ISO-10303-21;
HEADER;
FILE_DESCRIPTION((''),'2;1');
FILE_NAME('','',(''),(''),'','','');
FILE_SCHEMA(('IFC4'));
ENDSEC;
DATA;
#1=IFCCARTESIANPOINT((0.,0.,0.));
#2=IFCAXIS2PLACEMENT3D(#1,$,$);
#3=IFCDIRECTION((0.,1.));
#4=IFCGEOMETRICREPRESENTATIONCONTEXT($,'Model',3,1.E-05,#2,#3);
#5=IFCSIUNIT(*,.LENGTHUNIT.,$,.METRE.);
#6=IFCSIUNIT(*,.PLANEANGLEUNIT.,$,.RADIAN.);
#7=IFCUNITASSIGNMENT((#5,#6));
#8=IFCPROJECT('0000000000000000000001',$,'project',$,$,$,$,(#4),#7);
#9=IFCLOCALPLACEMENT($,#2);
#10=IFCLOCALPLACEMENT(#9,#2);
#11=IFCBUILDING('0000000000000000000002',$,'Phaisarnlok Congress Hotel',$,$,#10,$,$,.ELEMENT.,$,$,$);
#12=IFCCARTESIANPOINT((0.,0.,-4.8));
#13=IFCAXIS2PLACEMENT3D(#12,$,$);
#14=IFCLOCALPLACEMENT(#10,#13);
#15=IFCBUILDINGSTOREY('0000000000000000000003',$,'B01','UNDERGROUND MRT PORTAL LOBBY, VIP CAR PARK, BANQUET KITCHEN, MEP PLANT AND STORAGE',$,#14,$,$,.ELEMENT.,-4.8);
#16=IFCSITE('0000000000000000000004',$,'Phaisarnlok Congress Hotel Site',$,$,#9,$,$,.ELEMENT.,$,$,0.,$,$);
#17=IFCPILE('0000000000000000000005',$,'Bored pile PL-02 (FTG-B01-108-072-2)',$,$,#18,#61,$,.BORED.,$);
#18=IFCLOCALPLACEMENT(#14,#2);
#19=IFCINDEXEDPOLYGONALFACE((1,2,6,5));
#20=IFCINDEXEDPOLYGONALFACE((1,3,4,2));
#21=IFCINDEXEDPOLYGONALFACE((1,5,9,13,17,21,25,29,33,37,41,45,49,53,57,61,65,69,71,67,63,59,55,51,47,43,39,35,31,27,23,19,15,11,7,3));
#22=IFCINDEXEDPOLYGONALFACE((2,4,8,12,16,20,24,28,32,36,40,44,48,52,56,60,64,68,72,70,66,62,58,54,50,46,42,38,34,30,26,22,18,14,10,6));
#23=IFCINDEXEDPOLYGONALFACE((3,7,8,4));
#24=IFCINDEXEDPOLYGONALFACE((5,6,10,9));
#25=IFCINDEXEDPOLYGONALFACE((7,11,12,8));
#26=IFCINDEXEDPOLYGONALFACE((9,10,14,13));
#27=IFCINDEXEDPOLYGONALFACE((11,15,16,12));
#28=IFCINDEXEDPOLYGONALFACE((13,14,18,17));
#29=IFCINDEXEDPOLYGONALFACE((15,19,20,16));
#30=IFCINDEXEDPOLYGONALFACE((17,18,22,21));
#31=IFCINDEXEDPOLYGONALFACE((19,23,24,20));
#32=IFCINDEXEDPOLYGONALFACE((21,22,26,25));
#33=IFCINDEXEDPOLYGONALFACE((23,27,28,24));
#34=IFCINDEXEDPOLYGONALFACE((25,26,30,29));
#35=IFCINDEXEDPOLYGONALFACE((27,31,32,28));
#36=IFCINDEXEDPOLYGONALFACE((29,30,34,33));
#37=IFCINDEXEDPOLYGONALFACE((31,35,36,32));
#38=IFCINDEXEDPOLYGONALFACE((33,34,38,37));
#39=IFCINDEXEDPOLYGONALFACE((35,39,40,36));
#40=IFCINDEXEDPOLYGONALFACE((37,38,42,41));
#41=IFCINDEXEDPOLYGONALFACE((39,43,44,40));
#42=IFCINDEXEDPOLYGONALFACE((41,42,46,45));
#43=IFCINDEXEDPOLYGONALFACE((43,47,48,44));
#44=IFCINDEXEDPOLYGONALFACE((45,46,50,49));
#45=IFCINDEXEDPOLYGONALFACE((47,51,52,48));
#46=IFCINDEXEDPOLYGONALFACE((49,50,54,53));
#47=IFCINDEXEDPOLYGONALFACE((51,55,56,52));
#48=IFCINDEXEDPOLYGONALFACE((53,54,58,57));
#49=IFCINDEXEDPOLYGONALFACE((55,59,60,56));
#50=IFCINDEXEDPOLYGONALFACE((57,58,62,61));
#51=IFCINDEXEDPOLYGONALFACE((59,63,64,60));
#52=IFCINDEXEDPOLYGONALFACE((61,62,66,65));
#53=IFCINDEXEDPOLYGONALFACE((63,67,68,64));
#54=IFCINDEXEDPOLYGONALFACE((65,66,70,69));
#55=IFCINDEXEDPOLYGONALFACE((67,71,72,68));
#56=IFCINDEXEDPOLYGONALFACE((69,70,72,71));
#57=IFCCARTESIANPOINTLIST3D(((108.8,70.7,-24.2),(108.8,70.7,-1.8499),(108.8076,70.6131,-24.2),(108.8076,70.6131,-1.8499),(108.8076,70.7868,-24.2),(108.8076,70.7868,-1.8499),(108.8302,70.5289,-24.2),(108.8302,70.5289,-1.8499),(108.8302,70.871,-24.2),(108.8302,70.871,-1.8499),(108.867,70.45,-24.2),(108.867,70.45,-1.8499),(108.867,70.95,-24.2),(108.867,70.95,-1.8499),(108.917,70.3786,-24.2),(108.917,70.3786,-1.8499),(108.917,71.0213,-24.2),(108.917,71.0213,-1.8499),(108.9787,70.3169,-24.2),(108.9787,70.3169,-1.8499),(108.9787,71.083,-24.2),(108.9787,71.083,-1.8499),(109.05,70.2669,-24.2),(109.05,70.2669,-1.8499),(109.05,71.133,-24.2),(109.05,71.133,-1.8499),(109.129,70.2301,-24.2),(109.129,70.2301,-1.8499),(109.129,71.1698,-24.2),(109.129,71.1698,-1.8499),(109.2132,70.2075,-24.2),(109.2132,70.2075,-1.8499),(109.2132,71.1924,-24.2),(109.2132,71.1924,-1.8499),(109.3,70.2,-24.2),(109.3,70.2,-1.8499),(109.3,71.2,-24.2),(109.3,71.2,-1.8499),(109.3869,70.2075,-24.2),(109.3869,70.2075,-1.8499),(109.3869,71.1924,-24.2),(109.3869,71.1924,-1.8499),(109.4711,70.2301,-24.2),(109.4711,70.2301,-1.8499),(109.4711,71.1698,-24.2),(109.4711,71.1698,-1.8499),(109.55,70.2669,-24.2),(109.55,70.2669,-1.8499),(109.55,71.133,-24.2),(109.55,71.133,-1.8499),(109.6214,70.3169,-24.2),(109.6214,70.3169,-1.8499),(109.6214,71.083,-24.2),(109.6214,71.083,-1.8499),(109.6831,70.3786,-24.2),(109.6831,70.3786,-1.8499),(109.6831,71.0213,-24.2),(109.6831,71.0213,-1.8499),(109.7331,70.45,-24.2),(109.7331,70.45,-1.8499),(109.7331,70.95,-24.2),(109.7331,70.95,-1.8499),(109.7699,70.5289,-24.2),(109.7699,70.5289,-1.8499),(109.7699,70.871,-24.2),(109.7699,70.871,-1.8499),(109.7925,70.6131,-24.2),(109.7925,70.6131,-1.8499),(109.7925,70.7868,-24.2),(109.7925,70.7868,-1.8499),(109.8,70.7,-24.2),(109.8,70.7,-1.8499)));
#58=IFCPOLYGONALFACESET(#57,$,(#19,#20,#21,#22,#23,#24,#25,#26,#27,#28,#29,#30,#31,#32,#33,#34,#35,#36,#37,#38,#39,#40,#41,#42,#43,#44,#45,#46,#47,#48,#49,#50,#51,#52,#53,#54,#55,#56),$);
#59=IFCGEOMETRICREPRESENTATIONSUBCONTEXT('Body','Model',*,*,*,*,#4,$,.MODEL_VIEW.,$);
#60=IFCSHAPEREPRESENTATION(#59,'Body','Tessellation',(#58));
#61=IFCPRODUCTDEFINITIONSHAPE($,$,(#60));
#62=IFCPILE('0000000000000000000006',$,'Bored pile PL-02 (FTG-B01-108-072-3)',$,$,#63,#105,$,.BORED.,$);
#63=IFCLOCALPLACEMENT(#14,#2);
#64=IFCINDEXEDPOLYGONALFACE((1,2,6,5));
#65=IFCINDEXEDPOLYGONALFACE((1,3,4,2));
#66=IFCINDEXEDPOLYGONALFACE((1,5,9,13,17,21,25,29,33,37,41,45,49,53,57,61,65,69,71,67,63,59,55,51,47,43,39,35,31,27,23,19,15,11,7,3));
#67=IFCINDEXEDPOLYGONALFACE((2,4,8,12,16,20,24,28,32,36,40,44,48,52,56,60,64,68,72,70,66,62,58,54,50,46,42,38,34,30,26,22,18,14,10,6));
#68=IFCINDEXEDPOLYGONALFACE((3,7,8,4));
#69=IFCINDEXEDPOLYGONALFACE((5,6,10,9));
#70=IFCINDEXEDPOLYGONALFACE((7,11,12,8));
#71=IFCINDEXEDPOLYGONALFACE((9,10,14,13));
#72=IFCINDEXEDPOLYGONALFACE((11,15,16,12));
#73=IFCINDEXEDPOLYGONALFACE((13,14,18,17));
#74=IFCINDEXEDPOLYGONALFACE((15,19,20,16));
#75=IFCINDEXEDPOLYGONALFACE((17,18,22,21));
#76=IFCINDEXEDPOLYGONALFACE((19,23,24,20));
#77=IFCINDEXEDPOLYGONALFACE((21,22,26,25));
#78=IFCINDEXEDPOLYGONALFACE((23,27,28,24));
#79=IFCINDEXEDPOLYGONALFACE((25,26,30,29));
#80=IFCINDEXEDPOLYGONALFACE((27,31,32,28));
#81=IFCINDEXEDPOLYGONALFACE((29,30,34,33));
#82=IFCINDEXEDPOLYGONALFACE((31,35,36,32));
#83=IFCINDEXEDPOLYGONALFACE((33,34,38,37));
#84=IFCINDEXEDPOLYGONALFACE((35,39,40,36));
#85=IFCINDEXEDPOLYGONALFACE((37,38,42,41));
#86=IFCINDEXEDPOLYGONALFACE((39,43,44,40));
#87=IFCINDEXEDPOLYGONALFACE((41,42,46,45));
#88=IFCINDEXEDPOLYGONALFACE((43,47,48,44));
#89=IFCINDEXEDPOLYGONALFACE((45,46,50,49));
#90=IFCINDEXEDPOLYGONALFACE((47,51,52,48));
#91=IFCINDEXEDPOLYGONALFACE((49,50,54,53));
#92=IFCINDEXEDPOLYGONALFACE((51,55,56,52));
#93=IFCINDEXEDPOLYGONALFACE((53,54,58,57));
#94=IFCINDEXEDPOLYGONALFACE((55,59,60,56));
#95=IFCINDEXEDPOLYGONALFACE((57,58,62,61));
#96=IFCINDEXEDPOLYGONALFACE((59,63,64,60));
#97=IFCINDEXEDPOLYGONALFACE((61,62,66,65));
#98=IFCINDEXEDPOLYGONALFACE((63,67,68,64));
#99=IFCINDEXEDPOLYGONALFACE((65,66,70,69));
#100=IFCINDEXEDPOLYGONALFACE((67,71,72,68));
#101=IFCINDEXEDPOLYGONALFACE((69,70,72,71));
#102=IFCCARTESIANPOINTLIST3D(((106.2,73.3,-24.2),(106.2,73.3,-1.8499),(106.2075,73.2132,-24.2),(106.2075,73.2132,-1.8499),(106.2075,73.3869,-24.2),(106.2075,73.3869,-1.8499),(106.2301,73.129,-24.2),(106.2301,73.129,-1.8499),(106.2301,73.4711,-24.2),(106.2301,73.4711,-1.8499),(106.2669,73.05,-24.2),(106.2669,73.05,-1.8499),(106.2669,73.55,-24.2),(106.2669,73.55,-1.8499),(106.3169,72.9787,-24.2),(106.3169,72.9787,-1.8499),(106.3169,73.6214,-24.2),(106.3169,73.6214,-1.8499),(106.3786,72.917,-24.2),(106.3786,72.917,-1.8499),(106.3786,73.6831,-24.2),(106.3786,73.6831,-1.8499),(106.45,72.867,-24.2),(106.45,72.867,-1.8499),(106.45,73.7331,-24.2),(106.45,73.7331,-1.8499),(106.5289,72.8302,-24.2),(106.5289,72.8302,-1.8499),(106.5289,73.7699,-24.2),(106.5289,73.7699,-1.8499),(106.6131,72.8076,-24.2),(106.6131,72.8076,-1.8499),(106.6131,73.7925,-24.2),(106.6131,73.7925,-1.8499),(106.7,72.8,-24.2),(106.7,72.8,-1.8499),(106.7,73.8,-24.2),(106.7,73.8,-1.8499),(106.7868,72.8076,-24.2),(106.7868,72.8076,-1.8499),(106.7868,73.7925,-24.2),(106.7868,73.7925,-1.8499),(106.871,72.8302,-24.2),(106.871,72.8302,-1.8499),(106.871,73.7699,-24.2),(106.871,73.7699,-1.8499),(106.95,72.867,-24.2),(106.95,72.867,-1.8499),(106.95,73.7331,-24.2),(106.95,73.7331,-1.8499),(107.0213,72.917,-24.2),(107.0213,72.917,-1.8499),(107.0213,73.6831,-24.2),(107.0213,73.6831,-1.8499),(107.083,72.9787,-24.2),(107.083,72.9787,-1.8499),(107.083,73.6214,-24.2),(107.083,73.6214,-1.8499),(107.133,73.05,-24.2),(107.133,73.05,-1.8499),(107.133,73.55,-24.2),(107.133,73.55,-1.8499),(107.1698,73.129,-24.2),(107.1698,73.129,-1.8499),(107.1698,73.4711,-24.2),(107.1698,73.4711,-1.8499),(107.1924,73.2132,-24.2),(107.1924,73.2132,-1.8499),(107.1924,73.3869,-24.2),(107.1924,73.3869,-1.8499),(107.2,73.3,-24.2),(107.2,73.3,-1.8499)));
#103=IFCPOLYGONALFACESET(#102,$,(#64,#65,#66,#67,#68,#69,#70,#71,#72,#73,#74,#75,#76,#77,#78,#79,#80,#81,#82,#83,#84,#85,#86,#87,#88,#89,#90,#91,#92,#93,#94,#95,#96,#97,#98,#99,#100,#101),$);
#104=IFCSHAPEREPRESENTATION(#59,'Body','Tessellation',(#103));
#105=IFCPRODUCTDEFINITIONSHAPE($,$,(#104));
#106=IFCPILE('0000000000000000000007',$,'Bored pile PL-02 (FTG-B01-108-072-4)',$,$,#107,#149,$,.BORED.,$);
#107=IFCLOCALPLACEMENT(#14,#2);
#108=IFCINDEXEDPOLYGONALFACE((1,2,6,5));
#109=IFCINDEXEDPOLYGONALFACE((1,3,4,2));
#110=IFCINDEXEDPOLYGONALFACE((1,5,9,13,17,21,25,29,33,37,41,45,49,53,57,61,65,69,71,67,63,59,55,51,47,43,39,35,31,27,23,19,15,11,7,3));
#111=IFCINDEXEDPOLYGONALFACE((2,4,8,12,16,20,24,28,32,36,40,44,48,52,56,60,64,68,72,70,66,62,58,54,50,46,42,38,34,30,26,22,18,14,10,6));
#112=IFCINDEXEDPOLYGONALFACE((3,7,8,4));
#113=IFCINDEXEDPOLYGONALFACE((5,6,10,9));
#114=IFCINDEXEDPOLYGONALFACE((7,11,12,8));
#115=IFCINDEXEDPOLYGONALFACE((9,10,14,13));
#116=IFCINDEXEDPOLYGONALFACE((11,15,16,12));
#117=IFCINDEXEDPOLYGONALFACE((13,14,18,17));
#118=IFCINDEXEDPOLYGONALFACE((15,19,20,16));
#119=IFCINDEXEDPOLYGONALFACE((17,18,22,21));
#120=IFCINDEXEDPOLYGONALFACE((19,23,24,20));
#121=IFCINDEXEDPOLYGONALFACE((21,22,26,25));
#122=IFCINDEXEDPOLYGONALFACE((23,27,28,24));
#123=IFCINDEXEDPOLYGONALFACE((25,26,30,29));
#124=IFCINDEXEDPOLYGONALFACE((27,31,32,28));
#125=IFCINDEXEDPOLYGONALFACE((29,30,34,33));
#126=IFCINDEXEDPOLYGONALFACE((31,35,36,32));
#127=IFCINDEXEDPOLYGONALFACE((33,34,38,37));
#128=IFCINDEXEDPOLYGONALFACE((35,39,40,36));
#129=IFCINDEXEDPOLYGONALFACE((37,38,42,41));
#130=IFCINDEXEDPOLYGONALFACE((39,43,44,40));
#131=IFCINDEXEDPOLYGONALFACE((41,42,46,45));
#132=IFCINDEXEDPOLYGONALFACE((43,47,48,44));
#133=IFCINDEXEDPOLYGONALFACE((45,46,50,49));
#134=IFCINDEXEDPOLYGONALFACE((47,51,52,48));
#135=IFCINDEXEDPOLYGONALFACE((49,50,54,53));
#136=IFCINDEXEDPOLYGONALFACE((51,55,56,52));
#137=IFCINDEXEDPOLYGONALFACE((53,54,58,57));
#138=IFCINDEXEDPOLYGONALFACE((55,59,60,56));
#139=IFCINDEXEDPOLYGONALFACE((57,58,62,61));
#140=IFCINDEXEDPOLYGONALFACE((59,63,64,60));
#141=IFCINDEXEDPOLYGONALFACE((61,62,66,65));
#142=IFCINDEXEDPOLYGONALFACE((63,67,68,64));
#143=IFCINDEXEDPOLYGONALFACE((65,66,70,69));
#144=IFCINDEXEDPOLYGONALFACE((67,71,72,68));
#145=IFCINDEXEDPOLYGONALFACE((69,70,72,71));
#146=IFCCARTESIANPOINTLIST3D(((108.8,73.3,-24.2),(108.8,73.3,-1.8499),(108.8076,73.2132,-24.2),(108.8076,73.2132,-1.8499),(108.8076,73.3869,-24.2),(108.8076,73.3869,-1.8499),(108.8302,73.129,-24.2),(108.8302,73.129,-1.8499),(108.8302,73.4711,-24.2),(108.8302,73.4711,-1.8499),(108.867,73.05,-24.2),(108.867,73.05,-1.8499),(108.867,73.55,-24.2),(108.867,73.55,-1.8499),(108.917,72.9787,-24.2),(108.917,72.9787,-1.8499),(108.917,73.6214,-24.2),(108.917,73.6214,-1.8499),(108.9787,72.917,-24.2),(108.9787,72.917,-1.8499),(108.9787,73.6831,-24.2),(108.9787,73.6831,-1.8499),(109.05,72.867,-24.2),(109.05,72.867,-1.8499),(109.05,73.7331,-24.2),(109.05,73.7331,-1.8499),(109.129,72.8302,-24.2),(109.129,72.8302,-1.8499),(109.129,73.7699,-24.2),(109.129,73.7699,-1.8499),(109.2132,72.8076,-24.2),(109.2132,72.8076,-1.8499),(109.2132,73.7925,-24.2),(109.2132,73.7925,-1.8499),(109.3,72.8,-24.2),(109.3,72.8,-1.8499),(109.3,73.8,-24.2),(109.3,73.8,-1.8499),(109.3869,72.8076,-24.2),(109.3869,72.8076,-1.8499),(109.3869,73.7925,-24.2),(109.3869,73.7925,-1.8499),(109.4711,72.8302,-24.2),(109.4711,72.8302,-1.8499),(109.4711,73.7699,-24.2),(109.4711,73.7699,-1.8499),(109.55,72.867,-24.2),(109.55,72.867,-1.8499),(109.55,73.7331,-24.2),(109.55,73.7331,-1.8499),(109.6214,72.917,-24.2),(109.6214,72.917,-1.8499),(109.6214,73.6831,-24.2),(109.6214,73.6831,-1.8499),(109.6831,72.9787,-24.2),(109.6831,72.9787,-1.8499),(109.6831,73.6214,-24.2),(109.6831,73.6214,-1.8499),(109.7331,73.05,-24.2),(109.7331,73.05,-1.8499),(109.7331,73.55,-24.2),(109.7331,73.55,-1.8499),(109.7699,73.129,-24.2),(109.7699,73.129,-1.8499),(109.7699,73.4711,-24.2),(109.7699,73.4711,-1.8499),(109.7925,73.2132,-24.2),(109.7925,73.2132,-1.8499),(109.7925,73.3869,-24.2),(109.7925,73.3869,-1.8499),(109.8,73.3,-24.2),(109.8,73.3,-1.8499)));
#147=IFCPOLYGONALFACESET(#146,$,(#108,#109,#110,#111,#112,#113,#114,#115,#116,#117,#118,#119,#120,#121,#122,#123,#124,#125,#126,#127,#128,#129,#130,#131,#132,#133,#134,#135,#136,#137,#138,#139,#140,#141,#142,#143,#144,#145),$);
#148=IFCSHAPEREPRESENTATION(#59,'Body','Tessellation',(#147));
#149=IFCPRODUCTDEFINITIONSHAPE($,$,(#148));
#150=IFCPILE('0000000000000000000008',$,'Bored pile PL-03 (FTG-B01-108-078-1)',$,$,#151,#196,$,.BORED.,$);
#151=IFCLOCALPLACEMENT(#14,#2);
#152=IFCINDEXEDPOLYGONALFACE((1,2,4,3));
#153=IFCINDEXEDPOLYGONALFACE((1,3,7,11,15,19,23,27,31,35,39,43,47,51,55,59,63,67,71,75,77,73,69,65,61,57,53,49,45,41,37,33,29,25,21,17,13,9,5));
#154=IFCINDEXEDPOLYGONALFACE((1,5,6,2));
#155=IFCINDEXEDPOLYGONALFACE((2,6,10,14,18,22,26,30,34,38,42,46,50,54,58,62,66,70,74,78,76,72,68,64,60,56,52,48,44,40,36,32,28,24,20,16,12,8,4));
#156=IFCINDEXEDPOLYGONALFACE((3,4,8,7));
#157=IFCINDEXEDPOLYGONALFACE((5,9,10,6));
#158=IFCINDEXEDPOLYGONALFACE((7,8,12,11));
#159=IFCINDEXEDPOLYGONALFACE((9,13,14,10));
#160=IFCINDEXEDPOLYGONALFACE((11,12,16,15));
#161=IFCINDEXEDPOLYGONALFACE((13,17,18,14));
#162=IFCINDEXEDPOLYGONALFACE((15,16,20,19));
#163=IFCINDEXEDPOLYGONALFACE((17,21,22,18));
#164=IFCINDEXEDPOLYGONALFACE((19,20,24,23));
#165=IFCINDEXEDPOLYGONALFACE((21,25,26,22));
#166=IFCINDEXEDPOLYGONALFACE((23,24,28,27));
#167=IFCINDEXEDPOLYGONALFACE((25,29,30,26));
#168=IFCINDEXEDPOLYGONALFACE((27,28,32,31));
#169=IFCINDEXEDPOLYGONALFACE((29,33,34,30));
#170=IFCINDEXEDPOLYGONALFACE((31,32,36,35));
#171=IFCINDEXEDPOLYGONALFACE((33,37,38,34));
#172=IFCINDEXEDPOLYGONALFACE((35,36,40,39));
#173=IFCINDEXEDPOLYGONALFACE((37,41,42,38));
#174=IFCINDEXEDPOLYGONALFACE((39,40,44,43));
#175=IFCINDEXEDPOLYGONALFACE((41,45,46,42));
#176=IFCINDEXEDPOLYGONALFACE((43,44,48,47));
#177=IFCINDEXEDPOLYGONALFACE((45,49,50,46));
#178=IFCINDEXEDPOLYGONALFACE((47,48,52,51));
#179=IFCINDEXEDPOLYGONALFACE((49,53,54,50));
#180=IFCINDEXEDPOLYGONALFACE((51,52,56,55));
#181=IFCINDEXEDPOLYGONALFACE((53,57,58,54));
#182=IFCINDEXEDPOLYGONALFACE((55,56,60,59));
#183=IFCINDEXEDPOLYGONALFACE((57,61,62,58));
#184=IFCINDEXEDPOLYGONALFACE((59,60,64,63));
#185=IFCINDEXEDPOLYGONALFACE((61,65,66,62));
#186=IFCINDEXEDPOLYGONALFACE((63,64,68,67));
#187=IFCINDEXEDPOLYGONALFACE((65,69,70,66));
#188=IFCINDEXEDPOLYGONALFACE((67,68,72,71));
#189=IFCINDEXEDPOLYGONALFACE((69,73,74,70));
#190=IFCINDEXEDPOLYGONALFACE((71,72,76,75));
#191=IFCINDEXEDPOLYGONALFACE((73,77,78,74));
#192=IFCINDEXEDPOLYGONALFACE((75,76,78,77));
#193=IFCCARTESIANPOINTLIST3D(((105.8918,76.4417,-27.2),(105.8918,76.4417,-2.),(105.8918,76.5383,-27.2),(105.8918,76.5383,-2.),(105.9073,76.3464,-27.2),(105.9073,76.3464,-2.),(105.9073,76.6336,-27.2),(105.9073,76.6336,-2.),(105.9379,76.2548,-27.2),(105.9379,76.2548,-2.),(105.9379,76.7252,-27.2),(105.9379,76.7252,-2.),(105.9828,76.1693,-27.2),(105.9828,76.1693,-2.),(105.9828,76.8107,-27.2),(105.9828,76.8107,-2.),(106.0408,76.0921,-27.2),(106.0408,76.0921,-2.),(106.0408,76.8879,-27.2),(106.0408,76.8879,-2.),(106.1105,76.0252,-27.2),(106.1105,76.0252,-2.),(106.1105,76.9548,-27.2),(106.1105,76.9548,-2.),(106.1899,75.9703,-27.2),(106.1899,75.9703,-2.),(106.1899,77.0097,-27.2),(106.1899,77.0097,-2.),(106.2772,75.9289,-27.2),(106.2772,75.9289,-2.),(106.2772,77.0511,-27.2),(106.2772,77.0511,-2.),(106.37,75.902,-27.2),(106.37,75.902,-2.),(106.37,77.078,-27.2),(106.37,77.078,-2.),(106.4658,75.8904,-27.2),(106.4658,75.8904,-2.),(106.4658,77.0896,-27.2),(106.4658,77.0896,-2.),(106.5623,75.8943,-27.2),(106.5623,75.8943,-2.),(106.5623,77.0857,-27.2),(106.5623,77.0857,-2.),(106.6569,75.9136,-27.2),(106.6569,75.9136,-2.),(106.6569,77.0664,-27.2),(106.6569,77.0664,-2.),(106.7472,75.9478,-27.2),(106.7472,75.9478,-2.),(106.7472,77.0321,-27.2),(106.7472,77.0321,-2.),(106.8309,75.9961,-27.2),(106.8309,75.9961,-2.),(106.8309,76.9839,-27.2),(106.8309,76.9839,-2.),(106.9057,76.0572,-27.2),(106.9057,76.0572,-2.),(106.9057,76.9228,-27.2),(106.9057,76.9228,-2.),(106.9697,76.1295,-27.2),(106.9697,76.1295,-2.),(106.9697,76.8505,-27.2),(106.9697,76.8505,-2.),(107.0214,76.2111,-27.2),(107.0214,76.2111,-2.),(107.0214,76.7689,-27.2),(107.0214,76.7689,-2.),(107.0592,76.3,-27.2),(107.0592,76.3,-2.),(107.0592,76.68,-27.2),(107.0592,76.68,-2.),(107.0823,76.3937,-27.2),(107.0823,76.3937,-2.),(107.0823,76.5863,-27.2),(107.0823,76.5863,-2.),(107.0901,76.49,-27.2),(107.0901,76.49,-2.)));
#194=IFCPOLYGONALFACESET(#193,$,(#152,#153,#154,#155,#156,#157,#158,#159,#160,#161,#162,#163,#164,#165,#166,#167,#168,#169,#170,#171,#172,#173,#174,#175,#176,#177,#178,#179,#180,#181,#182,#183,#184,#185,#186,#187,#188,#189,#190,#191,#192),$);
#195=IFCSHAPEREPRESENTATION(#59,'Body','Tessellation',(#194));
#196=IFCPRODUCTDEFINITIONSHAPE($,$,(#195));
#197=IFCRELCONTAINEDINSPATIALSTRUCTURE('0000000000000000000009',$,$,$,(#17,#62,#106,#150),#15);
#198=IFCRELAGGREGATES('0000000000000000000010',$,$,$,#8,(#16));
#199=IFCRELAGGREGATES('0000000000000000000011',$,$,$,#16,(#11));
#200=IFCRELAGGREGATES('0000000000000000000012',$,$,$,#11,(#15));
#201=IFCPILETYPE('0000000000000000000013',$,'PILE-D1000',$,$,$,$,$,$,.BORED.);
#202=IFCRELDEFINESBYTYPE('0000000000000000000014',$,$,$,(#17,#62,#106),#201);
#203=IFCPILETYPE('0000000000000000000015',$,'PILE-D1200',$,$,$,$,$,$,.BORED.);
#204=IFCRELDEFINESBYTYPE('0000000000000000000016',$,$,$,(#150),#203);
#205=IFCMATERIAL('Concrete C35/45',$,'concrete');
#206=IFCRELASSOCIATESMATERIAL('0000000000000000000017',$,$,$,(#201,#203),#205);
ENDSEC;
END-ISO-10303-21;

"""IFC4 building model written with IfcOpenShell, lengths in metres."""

from ifc_helpers import new_model, si_unit, direction, frame, origin, origin_2d, place, context, subcontext, project, spatial, circle, extrude, material, material_profile, profile_set, type_object, element, save


model = new_model("IFC4")

# Units and contexts
model_context = context("Model", 3, precision=1e-05, world=origin(), true_north=direction((0.0, 1.0)))
body_context = subcontext(model_context, "Body", "Model", "MODEL_VIEW")
ifc_project = project(units=[si_unit("LENGTHUNIT", "METRE"), si_unit("PLANEANGLEUNIT", "RADIAN")], contexts=[model_context])

# Site, building, storey
site_placement = place(None, origin())
site = spatial("IfcSite", under=ifc_project, at=site_placement, Name="Phaisarnlok Congress Hotel Site", CompositionType="ELEMENT", RefElevation=0.0)
building_placement = place(site_placement, origin())
building = spatial("IfcBuilding", under=site, at=building_placement, Name="Phaisarnlok Congress Hotel", CompositionType="ELEMENT")
storey_placement = place(building_placement, frame((0.0, 0.0, -4.8)))
storey = spatial("IfcBuildingStorey", under=building, at=storey_placement, Name="B01", Description="UNDERGROUND MRT PORTAL LOBBY, VIP CAR PARK, BANQUET KITCHEN, MEP PLANT AND STORAGE", CompositionType="ELEMENT", Elevation=-4.8)

# Piles
ifc_material_1 = material(Name="Concrete C35/45", Category="concrete")
ifc_material_profile_1 = material_profile(ifc_material_1, circle(Radius=0.5, at=origin_2d()), Name="BORED PILE D1000")
ifc_profile_set_1 = profile_set([ifc_material_profile_1], Name="Concrete C35/45")
pile_type_1 = type_object("IfcPileType", Name="PILE-D1000", PredefinedType="BORED", material=ifc_profile_set_1)
for number, where, z_axis, x_axis, name in (
    (1, (109.3, 70.7, -1.8499), (0.0, 0.0, -1.0), (1.0, 0.0, 0.0), "Bored pile PL-02 (FTG-B01-108-072-2)"),
    (2, (106.7, 73.3, -1.8499), (0.0, 0.0, -1.0), (1.0, 0.0, 0.0), "Bored pile PL-02 (FTG-B01-108-072-3)"),
    (3, (109.3, 73.3, -1.8499), (0.0, 0.0, -1.0), (1.0, 0.0, 0.0), "Bored pile PL-02 (FTG-B01-108-072-4)"),
):
    element("IfcPile", number, at=place(storey_placement, frame(where, z_axis=z_axis, x_axis=x_axis)), inside=storey, type_object=pile_type_1, Name=name, PredefinedType="BORED", context=body_context, shape_type="SweptSolid", body=[
        extrude(circle(Radius=0.5, at=origin_2d()), origin(), (0.0, 0.0, 1.0), 22.3501),
    ])
ifc_material_profile_2 = material_profile(ifc_material_1, circle(Radius=0.6001, at=origin_2d()), Name="BORED PILE D1200")
ifc_profile_set_2 = profile_set([ifc_material_profile_2], Name="Concrete C35/45")
pile_type_2 = type_object("IfcPileType", Name="PILE-D1200", PredefinedType="BORED", material=ifc_profile_set_2)
for number, where, z_axis, x_axis, name in (
    (4, (106.49, 76.49, -2.0), (0.0, 0.0, -1.0), (1.0, 0.0, 0.0), "Bored pile PL-03 (FTG-B01-108-078-1)"),
):
    element("IfcPile", number, at=place(storey_placement, frame(where, z_axis=z_axis, x_axis=x_axis)), inside=storey, type_object=pile_type_2, Name=name, PredefinedType="BORED", context=body_context, shape_type="SweptSolid", body=[
        extrude(circle(Radius=0.6001, at=origin_2d()), origin(), (0.0, 0.0, 1.0), 25.2),
    ])

save(model, "model.ifc")
